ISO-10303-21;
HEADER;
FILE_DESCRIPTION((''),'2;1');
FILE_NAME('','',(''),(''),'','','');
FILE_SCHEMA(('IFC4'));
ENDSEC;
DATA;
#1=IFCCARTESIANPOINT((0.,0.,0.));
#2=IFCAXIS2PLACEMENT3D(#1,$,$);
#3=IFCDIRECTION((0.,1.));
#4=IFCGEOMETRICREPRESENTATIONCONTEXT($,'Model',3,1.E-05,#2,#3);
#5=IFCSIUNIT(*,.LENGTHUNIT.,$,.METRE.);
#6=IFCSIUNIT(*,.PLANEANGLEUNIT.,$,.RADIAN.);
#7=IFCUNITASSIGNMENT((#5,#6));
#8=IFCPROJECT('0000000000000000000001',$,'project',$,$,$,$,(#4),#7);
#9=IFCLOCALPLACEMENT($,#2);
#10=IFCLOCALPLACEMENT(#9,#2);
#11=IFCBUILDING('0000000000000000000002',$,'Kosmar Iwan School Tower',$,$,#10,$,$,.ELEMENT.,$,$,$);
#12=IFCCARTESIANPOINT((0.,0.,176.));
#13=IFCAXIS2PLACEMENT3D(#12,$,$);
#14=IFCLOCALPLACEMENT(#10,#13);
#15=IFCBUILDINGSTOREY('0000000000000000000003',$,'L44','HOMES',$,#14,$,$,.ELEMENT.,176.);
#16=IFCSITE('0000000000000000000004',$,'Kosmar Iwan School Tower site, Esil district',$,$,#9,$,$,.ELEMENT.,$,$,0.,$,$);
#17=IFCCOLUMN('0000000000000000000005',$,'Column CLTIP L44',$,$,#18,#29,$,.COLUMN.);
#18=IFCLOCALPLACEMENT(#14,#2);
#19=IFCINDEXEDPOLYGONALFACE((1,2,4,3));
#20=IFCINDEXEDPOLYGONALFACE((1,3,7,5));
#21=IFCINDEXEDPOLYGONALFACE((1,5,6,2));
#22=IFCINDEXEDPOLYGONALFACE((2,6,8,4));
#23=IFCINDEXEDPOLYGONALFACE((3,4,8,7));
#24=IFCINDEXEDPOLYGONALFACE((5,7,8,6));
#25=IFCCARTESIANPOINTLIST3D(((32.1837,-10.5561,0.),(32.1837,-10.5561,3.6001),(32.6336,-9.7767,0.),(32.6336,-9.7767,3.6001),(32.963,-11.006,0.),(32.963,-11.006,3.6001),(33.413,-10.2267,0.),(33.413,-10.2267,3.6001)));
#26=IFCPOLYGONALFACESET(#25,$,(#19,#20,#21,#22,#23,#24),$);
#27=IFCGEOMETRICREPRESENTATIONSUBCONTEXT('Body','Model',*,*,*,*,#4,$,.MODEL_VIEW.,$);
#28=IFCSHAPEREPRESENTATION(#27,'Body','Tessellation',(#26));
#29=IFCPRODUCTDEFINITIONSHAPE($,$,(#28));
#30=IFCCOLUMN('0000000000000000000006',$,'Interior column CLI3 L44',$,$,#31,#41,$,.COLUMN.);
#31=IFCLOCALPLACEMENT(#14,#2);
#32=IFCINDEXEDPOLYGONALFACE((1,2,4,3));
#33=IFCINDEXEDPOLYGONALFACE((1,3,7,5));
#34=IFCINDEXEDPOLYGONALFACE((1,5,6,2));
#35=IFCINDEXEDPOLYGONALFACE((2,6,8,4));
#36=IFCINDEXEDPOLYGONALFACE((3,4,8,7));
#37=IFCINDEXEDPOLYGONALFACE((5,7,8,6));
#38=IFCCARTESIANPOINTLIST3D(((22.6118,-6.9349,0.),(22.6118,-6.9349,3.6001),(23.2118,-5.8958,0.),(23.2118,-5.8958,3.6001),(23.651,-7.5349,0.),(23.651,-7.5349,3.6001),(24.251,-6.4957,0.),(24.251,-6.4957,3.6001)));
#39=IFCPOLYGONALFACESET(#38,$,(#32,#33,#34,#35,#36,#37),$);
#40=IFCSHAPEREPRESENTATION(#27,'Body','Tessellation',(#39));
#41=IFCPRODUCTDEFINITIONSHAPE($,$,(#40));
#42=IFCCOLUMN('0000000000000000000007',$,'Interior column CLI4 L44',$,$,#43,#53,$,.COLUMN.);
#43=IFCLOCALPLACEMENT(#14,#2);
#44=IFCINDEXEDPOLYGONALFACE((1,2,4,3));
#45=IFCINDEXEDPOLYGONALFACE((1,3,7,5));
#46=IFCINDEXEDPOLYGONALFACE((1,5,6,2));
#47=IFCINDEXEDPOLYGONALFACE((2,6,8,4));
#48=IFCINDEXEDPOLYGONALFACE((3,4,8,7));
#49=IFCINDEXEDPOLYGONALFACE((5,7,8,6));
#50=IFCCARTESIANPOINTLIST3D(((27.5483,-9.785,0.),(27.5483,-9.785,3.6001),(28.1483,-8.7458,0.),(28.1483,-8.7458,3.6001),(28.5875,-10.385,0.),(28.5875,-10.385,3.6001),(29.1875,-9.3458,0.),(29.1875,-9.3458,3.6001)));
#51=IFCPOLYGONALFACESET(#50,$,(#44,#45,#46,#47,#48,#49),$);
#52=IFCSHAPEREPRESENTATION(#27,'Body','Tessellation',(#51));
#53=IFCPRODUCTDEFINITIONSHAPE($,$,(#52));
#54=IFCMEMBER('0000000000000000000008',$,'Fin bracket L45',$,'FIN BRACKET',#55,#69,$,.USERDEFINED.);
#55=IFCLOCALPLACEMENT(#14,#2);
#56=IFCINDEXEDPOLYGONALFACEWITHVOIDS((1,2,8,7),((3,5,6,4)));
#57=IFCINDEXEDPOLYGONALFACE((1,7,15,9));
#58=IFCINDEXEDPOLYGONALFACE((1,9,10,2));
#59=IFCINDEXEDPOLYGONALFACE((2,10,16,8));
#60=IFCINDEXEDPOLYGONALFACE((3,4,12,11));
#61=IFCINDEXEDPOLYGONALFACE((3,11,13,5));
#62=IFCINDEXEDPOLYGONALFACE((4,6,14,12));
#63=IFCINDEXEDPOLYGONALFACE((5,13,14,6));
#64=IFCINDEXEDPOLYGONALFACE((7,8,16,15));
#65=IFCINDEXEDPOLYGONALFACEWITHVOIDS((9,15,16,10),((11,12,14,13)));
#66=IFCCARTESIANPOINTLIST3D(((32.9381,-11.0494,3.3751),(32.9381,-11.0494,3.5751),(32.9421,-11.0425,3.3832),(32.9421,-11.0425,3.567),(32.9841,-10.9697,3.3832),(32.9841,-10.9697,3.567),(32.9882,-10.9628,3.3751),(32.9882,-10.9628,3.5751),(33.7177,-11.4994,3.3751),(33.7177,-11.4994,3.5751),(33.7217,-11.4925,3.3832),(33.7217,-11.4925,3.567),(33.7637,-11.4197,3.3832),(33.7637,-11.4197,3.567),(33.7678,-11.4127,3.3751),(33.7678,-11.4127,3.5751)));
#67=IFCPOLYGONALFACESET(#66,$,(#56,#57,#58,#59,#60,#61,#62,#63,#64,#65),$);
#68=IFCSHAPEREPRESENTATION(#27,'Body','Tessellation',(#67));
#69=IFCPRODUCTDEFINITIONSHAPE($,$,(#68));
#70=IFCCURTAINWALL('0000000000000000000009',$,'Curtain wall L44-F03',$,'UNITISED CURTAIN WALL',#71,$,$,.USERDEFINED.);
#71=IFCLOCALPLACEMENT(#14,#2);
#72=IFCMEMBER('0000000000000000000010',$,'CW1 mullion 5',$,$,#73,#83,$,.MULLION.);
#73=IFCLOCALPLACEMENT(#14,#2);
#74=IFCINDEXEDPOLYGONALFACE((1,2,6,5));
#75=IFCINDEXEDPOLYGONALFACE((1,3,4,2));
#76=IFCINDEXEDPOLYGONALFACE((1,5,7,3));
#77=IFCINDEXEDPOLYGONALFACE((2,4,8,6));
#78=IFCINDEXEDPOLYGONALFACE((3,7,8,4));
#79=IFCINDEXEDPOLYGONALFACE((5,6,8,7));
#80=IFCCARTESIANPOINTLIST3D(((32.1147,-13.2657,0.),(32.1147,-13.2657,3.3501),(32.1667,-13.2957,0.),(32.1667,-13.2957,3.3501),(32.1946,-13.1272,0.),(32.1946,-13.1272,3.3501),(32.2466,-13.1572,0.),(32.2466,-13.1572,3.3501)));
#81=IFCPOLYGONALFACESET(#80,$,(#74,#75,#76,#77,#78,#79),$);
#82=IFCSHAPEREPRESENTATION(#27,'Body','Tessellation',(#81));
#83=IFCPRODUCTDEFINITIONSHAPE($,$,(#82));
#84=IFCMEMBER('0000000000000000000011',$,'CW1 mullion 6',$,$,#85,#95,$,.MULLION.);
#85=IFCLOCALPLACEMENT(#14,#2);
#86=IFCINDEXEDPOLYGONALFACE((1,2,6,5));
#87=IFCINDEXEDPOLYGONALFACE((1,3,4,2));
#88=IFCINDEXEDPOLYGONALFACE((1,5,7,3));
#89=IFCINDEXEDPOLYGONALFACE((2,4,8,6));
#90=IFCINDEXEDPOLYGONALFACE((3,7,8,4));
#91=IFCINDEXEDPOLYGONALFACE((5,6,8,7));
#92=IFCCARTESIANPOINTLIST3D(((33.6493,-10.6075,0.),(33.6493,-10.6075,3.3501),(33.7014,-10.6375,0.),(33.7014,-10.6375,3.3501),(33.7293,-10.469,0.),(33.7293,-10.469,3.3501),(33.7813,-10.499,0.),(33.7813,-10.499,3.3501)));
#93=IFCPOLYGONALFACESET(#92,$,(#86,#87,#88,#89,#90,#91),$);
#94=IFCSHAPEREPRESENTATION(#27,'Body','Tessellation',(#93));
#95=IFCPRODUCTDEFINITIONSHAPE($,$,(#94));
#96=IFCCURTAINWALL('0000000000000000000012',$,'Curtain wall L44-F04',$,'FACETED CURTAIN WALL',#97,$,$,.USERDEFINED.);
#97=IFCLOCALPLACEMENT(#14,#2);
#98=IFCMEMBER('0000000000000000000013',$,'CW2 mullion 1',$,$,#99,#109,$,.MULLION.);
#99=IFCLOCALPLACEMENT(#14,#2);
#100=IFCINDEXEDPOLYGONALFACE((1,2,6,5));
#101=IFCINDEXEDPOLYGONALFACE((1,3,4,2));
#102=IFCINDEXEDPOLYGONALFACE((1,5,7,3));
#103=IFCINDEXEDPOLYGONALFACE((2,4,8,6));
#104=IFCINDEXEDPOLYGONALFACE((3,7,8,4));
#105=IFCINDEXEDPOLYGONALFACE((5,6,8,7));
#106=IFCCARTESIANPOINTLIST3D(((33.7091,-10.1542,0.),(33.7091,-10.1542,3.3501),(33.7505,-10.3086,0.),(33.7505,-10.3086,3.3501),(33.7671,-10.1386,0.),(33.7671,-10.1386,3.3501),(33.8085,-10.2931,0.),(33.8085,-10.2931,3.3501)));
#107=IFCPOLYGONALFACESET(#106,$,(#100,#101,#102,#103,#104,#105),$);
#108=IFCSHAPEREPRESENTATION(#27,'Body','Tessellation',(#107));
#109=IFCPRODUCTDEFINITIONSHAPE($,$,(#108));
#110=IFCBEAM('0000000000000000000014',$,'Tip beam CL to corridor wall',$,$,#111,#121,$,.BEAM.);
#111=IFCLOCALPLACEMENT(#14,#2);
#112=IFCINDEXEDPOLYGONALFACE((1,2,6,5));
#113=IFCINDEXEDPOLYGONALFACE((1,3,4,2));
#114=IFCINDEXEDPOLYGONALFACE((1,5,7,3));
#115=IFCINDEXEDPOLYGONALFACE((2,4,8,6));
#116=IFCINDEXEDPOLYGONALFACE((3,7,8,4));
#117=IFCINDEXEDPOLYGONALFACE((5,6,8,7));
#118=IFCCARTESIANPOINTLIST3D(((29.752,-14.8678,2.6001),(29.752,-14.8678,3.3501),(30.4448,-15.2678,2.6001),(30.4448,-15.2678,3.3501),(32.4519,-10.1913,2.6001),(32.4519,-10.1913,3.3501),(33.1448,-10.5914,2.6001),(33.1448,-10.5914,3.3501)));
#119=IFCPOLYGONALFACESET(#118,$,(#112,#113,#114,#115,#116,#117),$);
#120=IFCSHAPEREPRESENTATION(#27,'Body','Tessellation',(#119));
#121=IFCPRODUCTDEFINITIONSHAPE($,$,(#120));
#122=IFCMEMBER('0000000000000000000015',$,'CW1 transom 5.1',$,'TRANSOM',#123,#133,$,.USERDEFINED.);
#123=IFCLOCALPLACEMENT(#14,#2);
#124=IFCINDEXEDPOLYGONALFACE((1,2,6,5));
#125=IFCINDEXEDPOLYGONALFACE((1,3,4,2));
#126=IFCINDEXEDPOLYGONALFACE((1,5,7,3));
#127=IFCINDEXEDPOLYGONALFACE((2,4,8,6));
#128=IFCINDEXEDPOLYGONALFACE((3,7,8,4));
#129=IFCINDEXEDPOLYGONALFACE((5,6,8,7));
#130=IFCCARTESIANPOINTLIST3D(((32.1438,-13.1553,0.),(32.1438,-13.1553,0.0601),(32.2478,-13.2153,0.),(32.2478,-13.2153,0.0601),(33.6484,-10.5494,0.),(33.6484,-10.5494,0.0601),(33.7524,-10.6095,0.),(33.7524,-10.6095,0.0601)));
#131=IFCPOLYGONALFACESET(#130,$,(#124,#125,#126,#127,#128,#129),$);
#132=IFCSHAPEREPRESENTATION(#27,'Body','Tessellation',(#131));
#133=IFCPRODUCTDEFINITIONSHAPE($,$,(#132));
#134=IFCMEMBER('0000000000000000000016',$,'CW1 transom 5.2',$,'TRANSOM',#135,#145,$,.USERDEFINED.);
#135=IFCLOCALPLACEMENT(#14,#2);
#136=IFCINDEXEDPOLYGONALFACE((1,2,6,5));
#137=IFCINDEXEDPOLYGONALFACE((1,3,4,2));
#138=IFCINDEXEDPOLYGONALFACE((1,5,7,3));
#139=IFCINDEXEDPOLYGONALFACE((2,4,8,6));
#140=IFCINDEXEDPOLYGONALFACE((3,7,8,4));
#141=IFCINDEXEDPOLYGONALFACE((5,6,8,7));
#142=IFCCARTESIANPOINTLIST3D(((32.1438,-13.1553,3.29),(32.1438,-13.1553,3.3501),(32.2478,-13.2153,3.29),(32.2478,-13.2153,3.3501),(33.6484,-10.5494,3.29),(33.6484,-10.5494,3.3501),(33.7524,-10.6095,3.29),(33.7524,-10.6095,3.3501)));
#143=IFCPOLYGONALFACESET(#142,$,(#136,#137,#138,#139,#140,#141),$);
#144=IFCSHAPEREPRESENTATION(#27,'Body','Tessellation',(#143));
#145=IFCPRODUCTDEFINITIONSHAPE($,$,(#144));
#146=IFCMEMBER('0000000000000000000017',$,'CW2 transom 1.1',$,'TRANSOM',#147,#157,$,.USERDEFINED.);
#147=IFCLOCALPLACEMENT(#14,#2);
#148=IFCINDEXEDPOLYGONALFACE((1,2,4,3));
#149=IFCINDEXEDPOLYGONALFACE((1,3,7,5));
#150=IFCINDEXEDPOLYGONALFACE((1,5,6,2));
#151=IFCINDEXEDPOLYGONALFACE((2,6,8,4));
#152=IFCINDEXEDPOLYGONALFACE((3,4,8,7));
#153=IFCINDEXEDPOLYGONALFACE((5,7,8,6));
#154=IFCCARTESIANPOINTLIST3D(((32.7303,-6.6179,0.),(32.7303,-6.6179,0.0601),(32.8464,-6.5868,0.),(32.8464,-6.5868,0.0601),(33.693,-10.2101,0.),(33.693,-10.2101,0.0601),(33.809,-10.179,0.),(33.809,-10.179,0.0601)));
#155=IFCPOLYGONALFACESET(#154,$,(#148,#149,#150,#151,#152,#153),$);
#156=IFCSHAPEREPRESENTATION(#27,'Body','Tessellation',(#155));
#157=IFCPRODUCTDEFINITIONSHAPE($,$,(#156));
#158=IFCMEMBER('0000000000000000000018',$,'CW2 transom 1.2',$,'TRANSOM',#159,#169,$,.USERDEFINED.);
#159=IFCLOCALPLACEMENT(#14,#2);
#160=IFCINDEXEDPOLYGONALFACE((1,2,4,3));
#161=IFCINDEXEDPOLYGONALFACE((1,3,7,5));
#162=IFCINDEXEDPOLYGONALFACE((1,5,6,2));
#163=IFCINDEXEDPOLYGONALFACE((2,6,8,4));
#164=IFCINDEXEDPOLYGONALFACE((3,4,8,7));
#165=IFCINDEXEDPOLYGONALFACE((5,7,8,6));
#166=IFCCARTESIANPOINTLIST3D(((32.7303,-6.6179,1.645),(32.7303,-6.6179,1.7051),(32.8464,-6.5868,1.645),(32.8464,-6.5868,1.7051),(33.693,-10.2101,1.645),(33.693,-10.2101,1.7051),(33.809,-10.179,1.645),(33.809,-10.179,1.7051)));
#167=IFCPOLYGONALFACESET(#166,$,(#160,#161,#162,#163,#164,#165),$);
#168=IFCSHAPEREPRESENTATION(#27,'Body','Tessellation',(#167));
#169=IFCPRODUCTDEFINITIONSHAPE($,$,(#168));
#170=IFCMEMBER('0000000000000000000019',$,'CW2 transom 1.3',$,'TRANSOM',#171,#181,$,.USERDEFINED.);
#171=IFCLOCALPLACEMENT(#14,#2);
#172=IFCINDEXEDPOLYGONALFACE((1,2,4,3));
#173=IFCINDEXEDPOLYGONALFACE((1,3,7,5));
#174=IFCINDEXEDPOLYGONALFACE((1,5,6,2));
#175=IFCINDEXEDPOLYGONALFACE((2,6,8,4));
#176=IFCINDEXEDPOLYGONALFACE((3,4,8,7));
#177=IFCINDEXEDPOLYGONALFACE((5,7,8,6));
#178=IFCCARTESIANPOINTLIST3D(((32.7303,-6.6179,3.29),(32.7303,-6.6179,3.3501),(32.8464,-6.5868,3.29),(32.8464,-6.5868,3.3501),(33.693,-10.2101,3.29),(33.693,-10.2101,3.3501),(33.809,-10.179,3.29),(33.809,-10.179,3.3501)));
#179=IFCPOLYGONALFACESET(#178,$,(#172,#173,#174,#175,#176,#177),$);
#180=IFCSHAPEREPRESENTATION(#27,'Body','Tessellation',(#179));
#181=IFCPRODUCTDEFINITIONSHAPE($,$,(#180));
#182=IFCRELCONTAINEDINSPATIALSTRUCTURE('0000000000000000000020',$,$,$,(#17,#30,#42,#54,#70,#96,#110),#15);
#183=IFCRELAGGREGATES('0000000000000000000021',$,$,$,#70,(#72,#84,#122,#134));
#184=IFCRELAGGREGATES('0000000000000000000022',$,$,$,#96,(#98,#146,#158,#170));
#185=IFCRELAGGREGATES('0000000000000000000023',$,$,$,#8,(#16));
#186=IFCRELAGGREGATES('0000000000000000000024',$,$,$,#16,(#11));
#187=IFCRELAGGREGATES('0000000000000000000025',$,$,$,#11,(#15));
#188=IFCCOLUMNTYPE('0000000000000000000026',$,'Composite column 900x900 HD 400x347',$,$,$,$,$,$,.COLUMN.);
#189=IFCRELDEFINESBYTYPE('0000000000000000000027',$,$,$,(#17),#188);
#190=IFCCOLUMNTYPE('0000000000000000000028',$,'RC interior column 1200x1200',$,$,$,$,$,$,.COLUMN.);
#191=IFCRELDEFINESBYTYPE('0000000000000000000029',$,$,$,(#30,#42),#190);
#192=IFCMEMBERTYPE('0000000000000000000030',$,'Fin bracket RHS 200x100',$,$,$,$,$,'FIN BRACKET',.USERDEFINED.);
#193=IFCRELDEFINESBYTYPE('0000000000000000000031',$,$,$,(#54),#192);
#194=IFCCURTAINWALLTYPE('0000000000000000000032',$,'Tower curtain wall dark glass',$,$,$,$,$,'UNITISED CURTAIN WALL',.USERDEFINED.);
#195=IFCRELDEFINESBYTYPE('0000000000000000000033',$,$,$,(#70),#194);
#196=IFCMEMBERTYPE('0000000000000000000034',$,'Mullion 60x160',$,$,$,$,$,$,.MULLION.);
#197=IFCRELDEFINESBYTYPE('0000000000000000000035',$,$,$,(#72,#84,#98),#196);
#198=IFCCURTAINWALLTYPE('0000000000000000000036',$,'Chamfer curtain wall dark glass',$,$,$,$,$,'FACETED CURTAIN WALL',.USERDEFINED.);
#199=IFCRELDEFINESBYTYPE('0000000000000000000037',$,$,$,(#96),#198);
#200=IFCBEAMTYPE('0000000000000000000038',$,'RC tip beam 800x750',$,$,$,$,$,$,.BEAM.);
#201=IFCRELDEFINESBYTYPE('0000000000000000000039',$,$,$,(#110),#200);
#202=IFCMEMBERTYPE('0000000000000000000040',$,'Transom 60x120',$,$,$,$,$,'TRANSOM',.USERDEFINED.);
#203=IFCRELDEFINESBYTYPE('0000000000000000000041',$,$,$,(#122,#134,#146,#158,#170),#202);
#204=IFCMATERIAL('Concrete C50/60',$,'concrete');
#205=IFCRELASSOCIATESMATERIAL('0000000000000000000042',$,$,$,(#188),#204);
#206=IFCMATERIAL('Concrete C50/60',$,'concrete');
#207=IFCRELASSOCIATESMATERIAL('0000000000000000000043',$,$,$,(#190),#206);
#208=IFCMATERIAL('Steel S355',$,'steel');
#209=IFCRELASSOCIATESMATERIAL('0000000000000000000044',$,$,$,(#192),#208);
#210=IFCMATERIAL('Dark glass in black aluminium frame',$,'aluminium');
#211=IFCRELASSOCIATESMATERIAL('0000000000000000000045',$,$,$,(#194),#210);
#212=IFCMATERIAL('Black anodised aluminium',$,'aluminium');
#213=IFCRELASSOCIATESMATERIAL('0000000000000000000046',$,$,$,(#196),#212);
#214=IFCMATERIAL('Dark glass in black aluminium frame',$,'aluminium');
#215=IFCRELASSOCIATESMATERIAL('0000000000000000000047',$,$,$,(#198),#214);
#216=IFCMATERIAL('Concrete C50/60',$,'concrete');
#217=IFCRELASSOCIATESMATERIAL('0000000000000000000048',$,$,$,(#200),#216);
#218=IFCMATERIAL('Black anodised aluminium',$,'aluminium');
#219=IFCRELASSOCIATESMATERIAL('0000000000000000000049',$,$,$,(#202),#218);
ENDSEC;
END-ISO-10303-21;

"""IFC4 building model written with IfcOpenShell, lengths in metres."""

from ifc_helpers import new_model, si_unit, direction, frame, origin, origin_2d, place, context, subcontext, project, spatial, rectangle, hollow_rectangle, extrude, material, material_profile, profile_set, type_object, element, aggregate, save


model = new_model("IFC4")

# Units and contexts
model_context = context("Model", 3, precision=1e-05, world=origin(), true_north=direction((0.0, 1.0)))
body_context = subcontext(model_context, "Body", "Model", "MODEL_VIEW")
ifc_project = project(units=[si_unit("LENGTHUNIT", "METRE"), si_unit("PLANEANGLEUNIT", "RADIAN")], contexts=[model_context])

# Site, building, storey
site_placement = place(None, origin())
site = spatial("IfcSite", under=ifc_project, at=site_placement, Name="Kosmar Iwan School Tower site, Esil district", CompositionType="ELEMENT", RefElevation=0.0)
building_placement = place(site_placement, origin())
building = spatial("IfcBuilding", under=site, at=building_placement, Name="Kosmar Iwan School Tower", CompositionType="ELEMENT")
storey_placement = place(building_placement, frame((0.0, 0.0, 176.0)))
storey = spatial("IfcBuildingStorey", under=building, at=storey_placement, Name="L44", Description="HOMES", CompositionType="ELEMENT", Elevation=176.0)

# Columns
ifc_material_1 = material(Name="Concrete C50/60", Category="concrete")
ifc_material_profile_1 = material_profile(ifc_material_1, rectangle(XDim=0.8999, YDim=0.8999, at=origin_2d()), Name="RC 900x900 + HD 400x347")
ifc_profile_set_1 = profile_set([ifc_material_profile_1], Name="Concrete C50/60")
column_type_1 = type_object("IfcColumnType", Name="Composite column 900x900 HD 400x347", PredefinedType="COLUMN", material=ifc_profile_set_1)
column_placement = place(storey_placement, frame((32.7983, -10.3914, 0.0), z_axis=(0.0, 0.0, 1.0), x_axis=(0.866025, -0.5, 0.0)))
element("IfcColumn", 1, at=column_placement, inside=storey, type_object=column_type_1, Name="Column CLTIP L44", PredefinedType="COLUMN", context=body_context, shape_type="SweptSolid", body=[
    extrude(rectangle(XDim=0.8999, YDim=0.8999, at=origin_2d()), origin(), (0.0, 0.0, 1.0), 3.6001),
])
ifc_material_2 = material(Name="Concrete C50/60", Category="concrete")
ifc_material_profile_2 = material_profile(ifc_material_2, rectangle(XDim=1.2, YDim=1.2, at=origin_2d()), Name="RC 1200x1200")
ifc_profile_set_2 = profile_set([ifc_material_profile_2], Name="Concrete C50/60")
column_type_2 = type_object("IfcColumnType", Name="RC interior column 1200x1200", PredefinedType="COLUMN", material=ifc_profile_set_2)
for number, where, z_axis, x_axis, name in (
    (2, (23.4314, -6.7153, 0.0), (0.0, 0.0, 1.0), (0.866025, -0.5, 0.0), "Interior column CLI3 L44"),
    (3, (28.3679, -9.5654, 0.0), (0.0, 0.0, 1.0), (0.866025, -0.5, 0.0), "Interior column CLI4 L44"),
):
    element("IfcColumn", number, at=place(storey_placement, frame(where, z_axis=z_axis, x_axis=x_axis)), inside=storey, type_object=column_type_2, Name=name, PredefinedType="COLUMN", context=body_context, shape_type="SweptSolid", body=[
        extrude(rectangle(XDim=1.2, YDim=1.2, at=origin_2d()), origin(), (0.0, 0.0, 1.0), 3.6001),
    ])

# Member
ifc_material_3 = material(Name="Steel S355", Category="steel")
ifc_material_profile_3 = material_profile(ifc_material_3, hollow_rectangle(XDim=0.1001, YDim=0.2, WallThickness=0.0081, at=origin_2d()), Name="RHS 200x100x8")
ifc_profile_set_3 = profile_set([ifc_material_profile_3], Name="Steel S355")
member_type_1 = type_object("IfcMemberType", Name="Fin bracket RHS 200x100", ElementType="FIN BRACKET", PredefinedType="USERDEFINED", material=ifc_profile_set_3)
member_1_placement = place(storey_placement, frame((32.9631, -11.0061, 3.4751), z_axis=(0.866082, -0.499902, 0.0), x_axis=(0.499902, 0.866082, 0.0)))
element("IfcMember", 4, at=member_1_placement, inside=storey, type_object=member_type_1, Name="Fin bracket L45", ObjectType="FIN BRACKET", PredefinedType="USERDEFINED", context=body_context, shape_type="SweptSolid", body=[
    extrude(hollow_rectangle(XDim=0.1001, YDim=0.2, WallThickness=0.0081, at=origin_2d()), origin(), (0.0, 0.0, 1.0), 0.9001),
])

# Curtain wall, members
ifc_material_4 = material(Name="Dark glass in black aluminium frame", Category="aluminium")
curtain_wall_type_1 = type_object("IfcCurtainWallType", Name="Tower curtain wall dark glass", ElementType="UNITISED CURTAIN WALL", PredefinedType="USERDEFINED", material=ifc_material_4)
curtain_wall_1_placement = place(storey_placement, origin())
curtain_wall_1 = element("IfcCurtainWall", 5, at=curtain_wall_1_placement, inside=storey, type_object=curtain_wall_type_1, Name="Curtain wall L44-F03", ObjectType="UNITISED CURTAIN WALL", PredefinedType="USERDEFINED")
ifc_material_5 = material(Name="Black anodised aluminium", Category="aluminium")
ifc_material_profile_4 = material_profile(ifc_material_5, rectangle(XDim=0.0601, YDim=0.1599, at=origin_2d()), Name="MULLION 60x160")
ifc_profile_set_4 = profile_set([ifc_material_profile_4], Name="Black anodised aluminium")
member_type_2 = type_object("IfcMemberType", Name="Mullion 60x160", PredefinedType="MULLION", material=ifc_profile_set_4)
member_2_placement = place(storey_placement, frame((32.1807, -13.2114, 0.0), z_axis=(0.0, 0.0, 1.0), x_axis=(-0.866025, 0.5, 0.0)))
member_2 = element("IfcMember", 6, at=member_2_placement, type_object=member_type_2, Name="CW1 mullion 5", PredefinedType="MULLION", context=body_context, shape_type="SweptSolid", body=[
    extrude(rectangle(XDim=0.0601, YDim=0.1599, at=origin_2d()), origin(), (0.0, 0.0, 1.0), 3.3501),
])
member_3_placement = place(storey_placement, frame((33.7153, -10.5532, 0.0), z_axis=(0.0, 0.0, 1.0), x_axis=(-0.866025, 0.5, 0.0)))
member_3 = element("IfcMember", 7, at=member_3_placement, type_object=member_type_2, Name="CW1 mullion 6", PredefinedType="MULLION", context=body_context, shape_type="SweptSolid", body=[
    extrude(rectangle(XDim=0.0601, YDim=0.1599, at=origin_2d()), origin(), (0.0, 0.0, 1.0), 3.3501),
])

# Curtain wall, member
ifc_material_6 = material(Name="Dark glass in black aluminium frame", Category="aluminium")
curtain_wall_type_2 = type_object("IfcCurtainWallType", Name="Chamfer curtain wall dark glass", ElementType="FACETED CURTAIN WALL", PredefinedType="USERDEFINED", material=ifc_material_6)
curtain_wall_2_placement = place(storey_placement, origin())
curtain_wall_2 = element("IfcCurtainWall", 8, at=curtain_wall_2_placement, inside=storey, type_object=curtain_wall_type_2, Name="Curtain wall L44-F04", ObjectType="FACETED CURTAIN WALL", PredefinedType="USERDEFINED")
member_4_placement = place(storey_placement, frame((33.7588, -10.2236, 0.0), z_axis=(0.0, 0.0, 1.0), x_axis=(-0.965926, -0.258819, 0.0)))
member_4 = element("IfcMember", 9, at=member_4_placement, type_object=member_type_2, Name="CW2 mullion 1", PredefinedType="MULLION", context=body_context, shape_type="SweptSolid", body=[
    extrude(rectangle(XDim=0.0601, YDim=0.1599, at=origin_2d()), origin(), (0.0, 0.0, 1.0), 3.3501),
])

# Beam
ifc_material_7 = material(Name="Concrete C50/60", Category="concrete")
ifc_material_profile_5 = material_profile(ifc_material_7, rectangle(XDim=0.8, YDim=0.75, at=origin_2d()), Name="RC 800x750")
ifc_profile_set_5 = profile_set([ifc_material_profile_5], Name="Concrete C50/60")
beam_type = type_object("IfcBeamType", Name="RC tip beam 800x750", PredefinedType="BEAM", material=ifc_profile_set_5)
beam_placement = place(storey_placement, frame((32.7983, -10.3914, 2.9751), z_axis=(-0.499995, -0.866028, 0.0), x_axis=(0.866028, -0.499995, 0.0)))
element("IfcBeam", 10, at=beam_placement, inside=storey, type_object=beam_type, Name="Tip beam CL to corridor wall", PredefinedType="BEAM", context=body_context, shape_type="SweptSolid", body=[
    extrude(rectangle(XDim=0.8, YDim=0.75, at=origin_2d()), origin(), (0.0, 0.0, 1.0), 5.3999),
])

# Members
ifc_material_8 = material(Name="Black anodised aluminium", Category="aluminium")
ifc_material_profile_6 = material_profile(ifc_material_8, rectangle(XDim=0.1201, YDim=0.0601, at=origin_2d()), Name="TRANSOM 60x120")
ifc_profile_set_6 = profile_set([ifc_material_profile_6], Name="Black anodised aluminium")
member_type_3 = type_object("IfcMemberType", Name="Transom 60x120", ElementType="TRANSOM", PredefinedType="USERDEFINED", material=ifc_profile_set_6)
member_5_placement = place(storey_placement, frame((32.1958, -13.1853, 0.03), z_axis=(0.500022, 0.866013, 0.0), x_axis=(-0.866013, 0.500022, 0.0)))
member_5 = element("IfcMember", 11, at=member_5_placement, type_object=member_type_3, Name="CW1 transom 5.1", ObjectType="TRANSOM", PredefinedType="USERDEFINED", context=body_context, shape_type="SweptSolid", body=[
    extrude(rectangle(XDim=0.1201, YDim=0.0601, at=origin_2d()), origin(), (0.0, 0.0, 1.0), 3.009),
])
member_6_placement = place(storey_placement, frame((32.1958, -13.1853, 3.3201), z_axis=(0.500022, 0.866013, 0.0), x_axis=(-0.866013, 0.500022, 0.0)))
member_6 = element("IfcMember", 12, at=member_6_placement, type_object=member_type_3, Name="CW1 transom 5.2", ObjectType="TRANSOM", PredefinedType="USERDEFINED", context=body_context, shape_type="SweptSolid", body=[
    extrude(rectangle(XDim=0.1201, YDim=0.0601, at=origin_2d()), origin(), (0.0, 0.0, 1.0), 3.009),
])
member_7_placement = place(storey_placement, frame((33.751, -10.1946, 0.03), z_axis=(-0.258843, 0.965919, 0.0), x_axis=(-0.965919, -0.258843, 0.0)))
member_7 = element("IfcMember", 13, at=member_7_placement, type_object=member_type_3, Name="CW2 transom 1.1", ObjectType="TRANSOM", PredefinedType="USERDEFINED", context=body_context, shape_type="SweptSolid", body=[
    extrude(rectangle(XDim=0.1201, YDim=0.0601, at=origin_2d()), origin(), (0.0, 0.0, 1.0), 3.719),
])
member_8_placement = place(storey_placement, frame((33.751, -10.1946, 1.675), z_axis=(-0.258843, 0.965919, 0.0), x_axis=(-0.965919, -0.258843, 0.0)))
member_8 = element("IfcMember", 14, at=member_8_placement, type_object=member_type_3, Name="CW2 transom 1.2", ObjectType="TRANSOM", PredefinedType="USERDEFINED", context=body_context, shape_type="SweptSolid", body=[
    extrude(rectangle(XDim=0.1201, YDim=0.0601, at=origin_2d()), origin(), (0.0, 0.0, 1.0), 3.719),
])
member_9_placement = place(storey_placement, frame((33.751, -10.1946, 3.3201), z_axis=(-0.258843, 0.965919, 0.0), x_axis=(-0.965919, -0.258843, 0.0)))
member_9 = element("IfcMember", 15, at=member_9_placement, type_object=member_type_3, Name="CW2 transom 1.3", ObjectType="TRANSOM", PredefinedType="USERDEFINED", context=body_context, shape_type="SweptSolid", body=[
    extrude(rectangle(XDim=0.1201, YDim=0.0601, at=origin_2d()), origin(), (0.0, 0.0, 1.0), 3.719),
])

aggregate(curtain_wall_1, [member_2, member_3, member_5, member_6])
aggregate(curtain_wall_2, [member_4, member_7, member_8, member_9])

save(model, "model.ifc")
